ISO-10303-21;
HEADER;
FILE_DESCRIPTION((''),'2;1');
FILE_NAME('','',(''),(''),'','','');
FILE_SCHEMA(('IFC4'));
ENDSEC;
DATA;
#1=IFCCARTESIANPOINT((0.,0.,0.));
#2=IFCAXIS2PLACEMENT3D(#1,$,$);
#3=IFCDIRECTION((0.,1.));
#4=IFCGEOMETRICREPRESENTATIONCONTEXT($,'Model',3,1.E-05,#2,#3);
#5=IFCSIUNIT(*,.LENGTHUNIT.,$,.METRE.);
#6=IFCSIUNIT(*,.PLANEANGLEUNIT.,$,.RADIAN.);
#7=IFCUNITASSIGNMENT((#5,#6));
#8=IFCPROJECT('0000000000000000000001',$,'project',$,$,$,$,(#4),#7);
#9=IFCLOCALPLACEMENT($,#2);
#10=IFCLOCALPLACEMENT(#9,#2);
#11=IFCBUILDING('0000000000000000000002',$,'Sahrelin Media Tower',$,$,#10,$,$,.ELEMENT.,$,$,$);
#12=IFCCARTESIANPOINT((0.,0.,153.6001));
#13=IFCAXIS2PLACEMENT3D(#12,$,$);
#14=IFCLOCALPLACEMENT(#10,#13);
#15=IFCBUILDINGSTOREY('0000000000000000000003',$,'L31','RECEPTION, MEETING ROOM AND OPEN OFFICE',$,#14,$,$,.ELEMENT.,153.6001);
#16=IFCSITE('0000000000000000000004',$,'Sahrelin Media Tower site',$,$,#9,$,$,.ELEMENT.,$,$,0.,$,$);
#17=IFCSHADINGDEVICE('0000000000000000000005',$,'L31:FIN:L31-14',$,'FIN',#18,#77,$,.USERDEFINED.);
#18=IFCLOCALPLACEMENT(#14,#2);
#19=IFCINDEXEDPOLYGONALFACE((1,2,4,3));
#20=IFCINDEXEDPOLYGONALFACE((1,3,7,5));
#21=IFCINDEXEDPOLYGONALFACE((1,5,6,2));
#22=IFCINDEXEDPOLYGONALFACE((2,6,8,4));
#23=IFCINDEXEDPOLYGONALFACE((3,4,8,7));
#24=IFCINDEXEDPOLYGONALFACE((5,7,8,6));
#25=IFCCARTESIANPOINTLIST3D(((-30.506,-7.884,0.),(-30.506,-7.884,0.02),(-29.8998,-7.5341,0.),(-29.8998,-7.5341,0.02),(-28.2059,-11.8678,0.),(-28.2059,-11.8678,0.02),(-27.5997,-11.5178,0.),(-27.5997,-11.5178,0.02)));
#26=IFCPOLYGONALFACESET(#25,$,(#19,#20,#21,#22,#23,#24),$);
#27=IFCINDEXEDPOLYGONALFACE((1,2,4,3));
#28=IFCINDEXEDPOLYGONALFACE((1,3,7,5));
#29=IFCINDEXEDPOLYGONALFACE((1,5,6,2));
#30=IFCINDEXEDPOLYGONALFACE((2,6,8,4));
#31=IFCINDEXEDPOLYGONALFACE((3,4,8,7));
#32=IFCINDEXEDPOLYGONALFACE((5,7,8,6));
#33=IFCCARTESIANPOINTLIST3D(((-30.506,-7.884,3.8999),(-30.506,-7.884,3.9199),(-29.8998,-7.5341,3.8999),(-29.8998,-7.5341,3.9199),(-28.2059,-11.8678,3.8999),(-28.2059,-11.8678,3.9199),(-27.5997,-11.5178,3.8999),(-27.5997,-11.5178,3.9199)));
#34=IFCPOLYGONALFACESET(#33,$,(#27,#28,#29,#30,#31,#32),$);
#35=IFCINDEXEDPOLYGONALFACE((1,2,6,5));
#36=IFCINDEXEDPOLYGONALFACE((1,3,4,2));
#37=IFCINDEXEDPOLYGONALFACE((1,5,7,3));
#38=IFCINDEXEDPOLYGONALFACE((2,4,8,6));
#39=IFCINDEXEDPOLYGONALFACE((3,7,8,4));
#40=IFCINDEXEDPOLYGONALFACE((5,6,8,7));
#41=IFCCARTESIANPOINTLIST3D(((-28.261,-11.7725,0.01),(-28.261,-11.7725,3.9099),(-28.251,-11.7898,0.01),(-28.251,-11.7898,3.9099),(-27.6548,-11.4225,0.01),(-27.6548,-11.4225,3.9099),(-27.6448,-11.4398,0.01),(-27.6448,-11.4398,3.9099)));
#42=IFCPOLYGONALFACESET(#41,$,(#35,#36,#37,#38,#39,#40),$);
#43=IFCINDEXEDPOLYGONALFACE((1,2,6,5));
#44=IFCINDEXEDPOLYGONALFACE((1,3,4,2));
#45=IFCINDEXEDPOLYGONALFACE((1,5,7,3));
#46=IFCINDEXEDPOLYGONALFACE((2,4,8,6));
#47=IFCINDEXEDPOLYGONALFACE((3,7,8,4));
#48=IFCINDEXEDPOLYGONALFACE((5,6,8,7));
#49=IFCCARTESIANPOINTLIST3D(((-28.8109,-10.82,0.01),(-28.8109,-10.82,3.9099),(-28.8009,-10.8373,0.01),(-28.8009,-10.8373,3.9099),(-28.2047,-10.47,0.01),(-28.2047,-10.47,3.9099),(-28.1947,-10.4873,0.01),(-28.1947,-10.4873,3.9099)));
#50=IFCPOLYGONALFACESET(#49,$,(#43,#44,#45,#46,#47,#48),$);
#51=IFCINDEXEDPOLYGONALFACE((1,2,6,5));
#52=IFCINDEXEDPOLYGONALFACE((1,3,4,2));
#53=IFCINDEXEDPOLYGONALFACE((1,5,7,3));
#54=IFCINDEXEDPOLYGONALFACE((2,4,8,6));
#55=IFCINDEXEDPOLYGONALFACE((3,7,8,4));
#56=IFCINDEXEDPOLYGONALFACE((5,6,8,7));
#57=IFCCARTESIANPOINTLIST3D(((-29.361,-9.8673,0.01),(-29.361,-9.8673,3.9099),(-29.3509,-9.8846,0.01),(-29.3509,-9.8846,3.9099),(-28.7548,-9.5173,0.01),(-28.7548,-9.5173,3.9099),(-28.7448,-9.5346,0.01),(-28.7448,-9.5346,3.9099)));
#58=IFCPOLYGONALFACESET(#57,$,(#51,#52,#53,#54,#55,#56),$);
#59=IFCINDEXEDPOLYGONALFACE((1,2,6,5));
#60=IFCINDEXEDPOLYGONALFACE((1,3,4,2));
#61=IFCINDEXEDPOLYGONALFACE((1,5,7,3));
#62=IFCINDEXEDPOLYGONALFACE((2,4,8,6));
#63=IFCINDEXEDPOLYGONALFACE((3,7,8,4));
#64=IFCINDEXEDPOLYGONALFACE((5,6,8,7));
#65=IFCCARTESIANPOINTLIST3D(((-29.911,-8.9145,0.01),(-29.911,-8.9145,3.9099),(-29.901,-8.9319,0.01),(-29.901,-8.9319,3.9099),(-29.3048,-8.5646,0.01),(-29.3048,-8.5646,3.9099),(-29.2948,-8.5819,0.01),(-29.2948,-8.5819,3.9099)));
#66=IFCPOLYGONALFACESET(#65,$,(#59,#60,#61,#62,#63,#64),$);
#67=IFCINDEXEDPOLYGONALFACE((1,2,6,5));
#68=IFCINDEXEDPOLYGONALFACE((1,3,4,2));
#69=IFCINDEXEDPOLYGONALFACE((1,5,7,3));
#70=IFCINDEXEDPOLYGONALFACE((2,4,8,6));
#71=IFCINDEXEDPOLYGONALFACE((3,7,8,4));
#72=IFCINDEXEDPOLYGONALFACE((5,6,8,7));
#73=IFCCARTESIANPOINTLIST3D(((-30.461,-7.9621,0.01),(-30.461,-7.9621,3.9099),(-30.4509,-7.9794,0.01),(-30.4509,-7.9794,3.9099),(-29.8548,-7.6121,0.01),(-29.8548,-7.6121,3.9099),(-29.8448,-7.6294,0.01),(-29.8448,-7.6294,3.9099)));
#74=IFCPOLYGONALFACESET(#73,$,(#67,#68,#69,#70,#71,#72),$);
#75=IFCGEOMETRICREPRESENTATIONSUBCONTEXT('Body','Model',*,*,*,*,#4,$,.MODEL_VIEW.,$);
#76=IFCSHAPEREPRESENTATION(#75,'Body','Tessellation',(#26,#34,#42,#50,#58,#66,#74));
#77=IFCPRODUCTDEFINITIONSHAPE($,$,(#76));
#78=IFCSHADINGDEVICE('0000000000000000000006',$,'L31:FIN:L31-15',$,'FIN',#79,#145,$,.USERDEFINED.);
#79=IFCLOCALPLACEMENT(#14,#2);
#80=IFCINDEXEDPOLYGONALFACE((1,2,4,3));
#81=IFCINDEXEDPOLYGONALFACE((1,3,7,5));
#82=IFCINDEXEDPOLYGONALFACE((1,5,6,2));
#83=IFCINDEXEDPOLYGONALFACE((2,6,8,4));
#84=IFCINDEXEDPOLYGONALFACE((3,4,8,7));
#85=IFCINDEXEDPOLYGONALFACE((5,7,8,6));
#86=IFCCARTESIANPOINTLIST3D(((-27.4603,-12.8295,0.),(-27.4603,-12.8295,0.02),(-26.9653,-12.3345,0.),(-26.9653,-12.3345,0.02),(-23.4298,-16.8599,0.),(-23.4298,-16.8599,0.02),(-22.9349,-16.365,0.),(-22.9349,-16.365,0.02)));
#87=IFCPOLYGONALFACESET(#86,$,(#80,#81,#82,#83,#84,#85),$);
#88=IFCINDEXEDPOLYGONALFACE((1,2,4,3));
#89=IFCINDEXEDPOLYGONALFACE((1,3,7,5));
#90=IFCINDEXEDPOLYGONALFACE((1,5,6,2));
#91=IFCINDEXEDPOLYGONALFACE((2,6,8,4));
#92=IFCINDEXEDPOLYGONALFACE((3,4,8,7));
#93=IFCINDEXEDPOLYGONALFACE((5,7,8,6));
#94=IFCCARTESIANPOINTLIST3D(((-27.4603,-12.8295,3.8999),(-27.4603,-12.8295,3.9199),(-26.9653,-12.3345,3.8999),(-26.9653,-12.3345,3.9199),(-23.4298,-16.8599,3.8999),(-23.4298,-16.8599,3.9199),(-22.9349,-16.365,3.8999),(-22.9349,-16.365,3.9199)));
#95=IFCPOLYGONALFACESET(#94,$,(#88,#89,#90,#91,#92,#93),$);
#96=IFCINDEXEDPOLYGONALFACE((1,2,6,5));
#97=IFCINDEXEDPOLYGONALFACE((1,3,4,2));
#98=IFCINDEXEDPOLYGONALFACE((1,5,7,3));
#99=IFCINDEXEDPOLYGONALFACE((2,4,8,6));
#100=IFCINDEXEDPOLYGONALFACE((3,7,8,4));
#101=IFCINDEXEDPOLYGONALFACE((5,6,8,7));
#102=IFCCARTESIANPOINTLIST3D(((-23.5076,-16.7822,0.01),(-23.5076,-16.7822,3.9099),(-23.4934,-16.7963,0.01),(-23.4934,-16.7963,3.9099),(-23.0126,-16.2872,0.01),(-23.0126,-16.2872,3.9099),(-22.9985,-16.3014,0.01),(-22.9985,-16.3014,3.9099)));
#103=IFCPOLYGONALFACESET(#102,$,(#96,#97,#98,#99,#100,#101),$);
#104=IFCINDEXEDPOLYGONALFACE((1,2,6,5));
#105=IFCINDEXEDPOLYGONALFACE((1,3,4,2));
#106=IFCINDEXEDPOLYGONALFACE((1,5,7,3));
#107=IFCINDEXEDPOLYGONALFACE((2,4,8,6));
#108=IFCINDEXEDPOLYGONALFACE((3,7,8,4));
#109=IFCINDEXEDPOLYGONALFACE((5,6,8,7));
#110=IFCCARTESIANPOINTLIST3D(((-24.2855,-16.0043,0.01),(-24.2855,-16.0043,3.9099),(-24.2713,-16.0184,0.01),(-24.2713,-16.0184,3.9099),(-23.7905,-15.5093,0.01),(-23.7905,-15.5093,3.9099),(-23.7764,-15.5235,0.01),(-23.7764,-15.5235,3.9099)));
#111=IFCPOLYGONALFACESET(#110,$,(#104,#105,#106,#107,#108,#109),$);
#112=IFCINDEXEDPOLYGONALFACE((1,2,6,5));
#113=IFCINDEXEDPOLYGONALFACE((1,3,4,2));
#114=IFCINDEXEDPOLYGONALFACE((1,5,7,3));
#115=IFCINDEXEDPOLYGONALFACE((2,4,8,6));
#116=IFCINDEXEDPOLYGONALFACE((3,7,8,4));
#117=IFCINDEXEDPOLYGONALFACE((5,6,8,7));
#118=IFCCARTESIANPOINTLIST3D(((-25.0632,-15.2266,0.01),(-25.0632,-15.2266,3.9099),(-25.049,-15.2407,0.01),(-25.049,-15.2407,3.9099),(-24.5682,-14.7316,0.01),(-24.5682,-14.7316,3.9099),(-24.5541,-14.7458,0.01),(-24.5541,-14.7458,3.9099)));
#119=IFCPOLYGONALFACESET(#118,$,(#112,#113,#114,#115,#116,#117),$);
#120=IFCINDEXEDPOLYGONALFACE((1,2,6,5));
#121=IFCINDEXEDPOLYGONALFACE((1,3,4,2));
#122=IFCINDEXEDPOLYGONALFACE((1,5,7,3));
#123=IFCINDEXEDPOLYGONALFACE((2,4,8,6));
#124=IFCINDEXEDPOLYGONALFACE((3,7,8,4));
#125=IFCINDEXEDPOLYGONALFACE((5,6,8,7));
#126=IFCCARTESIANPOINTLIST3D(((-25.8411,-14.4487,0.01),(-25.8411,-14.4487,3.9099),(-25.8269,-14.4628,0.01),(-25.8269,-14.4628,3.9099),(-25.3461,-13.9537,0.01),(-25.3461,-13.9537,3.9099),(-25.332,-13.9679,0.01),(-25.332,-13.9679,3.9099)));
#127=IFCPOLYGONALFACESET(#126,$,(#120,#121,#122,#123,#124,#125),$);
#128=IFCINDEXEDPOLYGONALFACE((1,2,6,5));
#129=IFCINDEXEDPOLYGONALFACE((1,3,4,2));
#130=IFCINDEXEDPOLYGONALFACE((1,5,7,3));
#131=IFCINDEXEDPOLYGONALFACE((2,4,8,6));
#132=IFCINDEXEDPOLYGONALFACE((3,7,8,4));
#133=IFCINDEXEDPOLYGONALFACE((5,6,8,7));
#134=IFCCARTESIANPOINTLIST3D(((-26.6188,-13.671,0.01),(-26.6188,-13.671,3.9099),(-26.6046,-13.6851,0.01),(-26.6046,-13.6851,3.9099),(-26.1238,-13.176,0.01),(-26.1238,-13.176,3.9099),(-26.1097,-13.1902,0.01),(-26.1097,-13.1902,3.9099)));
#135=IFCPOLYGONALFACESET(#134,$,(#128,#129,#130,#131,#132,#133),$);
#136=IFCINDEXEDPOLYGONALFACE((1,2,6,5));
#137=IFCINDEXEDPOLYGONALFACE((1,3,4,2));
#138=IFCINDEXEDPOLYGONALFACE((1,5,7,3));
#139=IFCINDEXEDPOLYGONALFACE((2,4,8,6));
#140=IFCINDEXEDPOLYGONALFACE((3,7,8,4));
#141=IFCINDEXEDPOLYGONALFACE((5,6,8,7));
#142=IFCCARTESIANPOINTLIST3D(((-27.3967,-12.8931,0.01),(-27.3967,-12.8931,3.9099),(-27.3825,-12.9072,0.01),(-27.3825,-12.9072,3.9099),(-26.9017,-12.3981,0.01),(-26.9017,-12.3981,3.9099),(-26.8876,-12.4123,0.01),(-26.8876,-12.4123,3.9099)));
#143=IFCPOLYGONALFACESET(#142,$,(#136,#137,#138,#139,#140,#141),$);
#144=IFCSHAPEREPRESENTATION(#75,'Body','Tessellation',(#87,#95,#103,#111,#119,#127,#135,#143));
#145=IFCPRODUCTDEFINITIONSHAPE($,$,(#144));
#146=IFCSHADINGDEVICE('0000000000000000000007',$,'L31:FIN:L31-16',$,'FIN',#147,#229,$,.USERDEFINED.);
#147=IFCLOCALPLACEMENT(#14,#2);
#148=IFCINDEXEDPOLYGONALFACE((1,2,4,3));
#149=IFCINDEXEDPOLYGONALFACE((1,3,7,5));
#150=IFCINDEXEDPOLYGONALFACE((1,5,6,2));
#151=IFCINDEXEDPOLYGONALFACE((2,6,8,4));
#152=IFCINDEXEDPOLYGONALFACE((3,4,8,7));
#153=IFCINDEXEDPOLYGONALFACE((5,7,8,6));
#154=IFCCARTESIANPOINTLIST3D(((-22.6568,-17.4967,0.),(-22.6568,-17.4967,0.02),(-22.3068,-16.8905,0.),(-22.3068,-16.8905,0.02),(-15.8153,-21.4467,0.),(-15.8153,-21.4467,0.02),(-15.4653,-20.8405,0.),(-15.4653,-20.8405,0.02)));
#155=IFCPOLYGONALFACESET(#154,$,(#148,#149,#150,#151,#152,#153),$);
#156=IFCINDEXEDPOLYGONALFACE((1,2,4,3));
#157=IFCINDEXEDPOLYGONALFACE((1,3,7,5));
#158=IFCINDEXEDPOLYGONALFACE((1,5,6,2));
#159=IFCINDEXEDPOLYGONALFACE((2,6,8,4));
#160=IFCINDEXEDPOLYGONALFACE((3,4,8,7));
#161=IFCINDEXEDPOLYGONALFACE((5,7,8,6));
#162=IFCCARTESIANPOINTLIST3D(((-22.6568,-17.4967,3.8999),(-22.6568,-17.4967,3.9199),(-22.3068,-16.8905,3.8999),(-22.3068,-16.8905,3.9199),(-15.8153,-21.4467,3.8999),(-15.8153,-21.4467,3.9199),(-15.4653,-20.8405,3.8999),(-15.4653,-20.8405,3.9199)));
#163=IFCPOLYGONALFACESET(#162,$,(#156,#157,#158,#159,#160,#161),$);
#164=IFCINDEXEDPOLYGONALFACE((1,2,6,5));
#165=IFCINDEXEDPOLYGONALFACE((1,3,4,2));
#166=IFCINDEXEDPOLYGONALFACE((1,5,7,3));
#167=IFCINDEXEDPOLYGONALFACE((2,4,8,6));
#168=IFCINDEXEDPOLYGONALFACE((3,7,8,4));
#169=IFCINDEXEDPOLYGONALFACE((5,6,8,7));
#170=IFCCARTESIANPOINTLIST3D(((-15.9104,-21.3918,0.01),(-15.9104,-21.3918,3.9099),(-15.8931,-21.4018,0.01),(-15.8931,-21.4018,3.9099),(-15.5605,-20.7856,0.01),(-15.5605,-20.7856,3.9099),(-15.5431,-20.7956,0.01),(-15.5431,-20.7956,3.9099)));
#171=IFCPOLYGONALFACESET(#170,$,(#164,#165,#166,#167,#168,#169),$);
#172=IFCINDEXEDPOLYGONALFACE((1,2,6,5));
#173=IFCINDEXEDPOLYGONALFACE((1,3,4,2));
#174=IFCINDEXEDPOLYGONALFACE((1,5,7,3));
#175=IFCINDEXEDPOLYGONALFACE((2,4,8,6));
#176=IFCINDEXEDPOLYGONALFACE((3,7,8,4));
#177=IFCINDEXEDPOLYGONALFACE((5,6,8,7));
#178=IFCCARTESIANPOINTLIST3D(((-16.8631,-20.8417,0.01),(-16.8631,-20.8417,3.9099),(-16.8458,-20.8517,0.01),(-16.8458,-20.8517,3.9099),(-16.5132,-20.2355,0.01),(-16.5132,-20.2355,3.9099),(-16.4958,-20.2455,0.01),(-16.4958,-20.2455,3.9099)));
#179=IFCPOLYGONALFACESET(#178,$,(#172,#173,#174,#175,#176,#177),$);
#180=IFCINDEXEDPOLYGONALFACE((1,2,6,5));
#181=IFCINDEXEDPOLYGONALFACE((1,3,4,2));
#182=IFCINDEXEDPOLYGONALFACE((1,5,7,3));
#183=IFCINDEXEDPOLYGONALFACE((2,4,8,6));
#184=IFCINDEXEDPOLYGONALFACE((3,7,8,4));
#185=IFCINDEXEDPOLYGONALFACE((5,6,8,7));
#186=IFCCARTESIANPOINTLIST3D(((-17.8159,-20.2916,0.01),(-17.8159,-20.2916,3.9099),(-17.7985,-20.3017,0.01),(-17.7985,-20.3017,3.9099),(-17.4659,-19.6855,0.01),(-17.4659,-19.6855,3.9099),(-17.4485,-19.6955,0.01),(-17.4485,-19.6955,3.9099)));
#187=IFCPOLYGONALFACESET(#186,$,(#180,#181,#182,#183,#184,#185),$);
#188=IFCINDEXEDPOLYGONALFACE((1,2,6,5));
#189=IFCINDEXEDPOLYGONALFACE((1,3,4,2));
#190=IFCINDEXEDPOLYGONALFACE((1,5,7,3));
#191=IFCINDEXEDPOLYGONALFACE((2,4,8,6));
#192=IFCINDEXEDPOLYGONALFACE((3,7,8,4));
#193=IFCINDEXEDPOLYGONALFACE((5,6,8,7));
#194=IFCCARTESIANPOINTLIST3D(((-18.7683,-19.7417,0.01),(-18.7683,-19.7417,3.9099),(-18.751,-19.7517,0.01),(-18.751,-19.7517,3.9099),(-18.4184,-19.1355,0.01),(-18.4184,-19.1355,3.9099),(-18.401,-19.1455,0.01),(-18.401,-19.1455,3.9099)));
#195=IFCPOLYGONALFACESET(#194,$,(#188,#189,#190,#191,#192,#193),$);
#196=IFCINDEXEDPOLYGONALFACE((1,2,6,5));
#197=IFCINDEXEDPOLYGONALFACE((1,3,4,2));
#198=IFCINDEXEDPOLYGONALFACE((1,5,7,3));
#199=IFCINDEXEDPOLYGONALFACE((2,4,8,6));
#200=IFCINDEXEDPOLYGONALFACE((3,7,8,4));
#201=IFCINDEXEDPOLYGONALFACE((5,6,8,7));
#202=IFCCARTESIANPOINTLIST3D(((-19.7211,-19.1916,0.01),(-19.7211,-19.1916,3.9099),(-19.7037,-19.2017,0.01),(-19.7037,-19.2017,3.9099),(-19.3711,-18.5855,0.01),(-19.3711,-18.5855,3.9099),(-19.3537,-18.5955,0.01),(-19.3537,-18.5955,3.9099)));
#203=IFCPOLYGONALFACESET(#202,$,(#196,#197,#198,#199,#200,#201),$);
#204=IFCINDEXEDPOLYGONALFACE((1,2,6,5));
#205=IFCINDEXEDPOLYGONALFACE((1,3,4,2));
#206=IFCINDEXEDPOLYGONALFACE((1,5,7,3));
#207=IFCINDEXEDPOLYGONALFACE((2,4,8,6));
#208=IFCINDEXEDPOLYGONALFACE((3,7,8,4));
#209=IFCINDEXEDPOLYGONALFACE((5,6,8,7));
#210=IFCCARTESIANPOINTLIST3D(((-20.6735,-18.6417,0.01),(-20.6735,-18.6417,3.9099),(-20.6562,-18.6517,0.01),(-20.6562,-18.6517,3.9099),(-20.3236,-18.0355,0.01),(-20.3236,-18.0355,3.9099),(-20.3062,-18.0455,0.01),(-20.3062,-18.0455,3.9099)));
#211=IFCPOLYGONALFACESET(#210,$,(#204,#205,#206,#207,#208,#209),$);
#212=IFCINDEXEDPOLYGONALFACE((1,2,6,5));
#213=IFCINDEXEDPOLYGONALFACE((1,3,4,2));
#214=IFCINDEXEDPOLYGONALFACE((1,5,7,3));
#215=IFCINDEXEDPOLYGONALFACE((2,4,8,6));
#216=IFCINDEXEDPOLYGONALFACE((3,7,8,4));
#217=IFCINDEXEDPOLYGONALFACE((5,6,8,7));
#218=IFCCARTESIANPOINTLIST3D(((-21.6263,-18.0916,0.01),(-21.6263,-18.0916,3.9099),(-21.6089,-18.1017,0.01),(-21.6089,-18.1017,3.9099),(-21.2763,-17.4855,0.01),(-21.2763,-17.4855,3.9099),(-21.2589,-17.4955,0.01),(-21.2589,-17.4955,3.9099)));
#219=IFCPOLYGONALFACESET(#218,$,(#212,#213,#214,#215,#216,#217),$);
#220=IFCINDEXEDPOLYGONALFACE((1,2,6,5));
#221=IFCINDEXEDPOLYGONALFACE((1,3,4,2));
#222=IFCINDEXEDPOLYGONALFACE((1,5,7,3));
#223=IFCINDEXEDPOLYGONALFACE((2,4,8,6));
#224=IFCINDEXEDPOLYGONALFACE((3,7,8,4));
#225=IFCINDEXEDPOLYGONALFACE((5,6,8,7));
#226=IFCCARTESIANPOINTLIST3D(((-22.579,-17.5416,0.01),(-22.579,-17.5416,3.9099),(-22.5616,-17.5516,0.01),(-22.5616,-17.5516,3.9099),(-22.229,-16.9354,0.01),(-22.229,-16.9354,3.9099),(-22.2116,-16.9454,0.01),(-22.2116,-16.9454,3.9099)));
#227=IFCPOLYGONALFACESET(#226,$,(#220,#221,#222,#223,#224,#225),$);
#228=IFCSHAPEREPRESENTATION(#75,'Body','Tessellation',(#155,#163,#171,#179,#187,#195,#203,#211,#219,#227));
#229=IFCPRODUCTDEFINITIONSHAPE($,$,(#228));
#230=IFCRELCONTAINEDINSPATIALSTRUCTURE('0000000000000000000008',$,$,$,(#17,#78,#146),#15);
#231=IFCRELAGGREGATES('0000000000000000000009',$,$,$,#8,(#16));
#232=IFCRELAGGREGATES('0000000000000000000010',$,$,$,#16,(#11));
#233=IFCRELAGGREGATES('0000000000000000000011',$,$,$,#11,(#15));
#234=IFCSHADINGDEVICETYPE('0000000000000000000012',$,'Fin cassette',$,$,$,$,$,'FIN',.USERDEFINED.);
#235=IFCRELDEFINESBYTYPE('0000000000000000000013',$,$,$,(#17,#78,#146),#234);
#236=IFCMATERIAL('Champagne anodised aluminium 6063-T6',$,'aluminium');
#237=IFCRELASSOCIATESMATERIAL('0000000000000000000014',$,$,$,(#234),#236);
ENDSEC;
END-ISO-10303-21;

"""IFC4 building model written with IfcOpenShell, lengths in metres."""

from ifc_helpers import new_model, si_unit, direction, frame, origin, origin_2d, place, context, subcontext, project, spatial, rectangle, extrude, material, type_object, element, save


model = new_model("IFC4")

# Units and contexts
model_context = context("Model", 3, precision=1e-05, world=origin(), true_north=direction((0.0, 1.0)))
body_context = subcontext(model_context, "Body", "Model", "MODEL_VIEW")
ifc_project = project(units=[si_unit("LENGTHUNIT", "METRE"), si_unit("PLANEANGLEUNIT", "RADIAN")], contexts=[model_context])

# Site, building, storey
site_placement = place(None, origin())
site = spatial("IfcSite", under=ifc_project, at=site_placement, Name="Sahrelin Media Tower site", CompositionType="ELEMENT", RefElevation=0.0)
building_placement = place(site_placement, origin())
building = spatial("IfcBuilding", under=site, at=building_placement, Name="Sahrelin Media Tower", CompositionType="ELEMENT")
storey_placement = place(building_placement, frame((0.0, 0.0, 153.6001)))
storey = spatial("IfcBuildingStorey", under=building, at=storey_placement, Name="L31", Description="RECEPTION, MEETING ROOM AND OPEN OFFICE", CompositionType="ELEMENT", Elevation=153.6001)

# Shared definitions
ifc_material_1 = material(Name="Champagne anodised aluminium 6063-T6", Category="aluminium")

# Shading devices
shading_device_type_1 = type_object("IfcShadingDeviceType", Name="Fin cassette", ElementType="FIN", PredefinedType="USERDEFINED", material=ifc_material_1)
placement_1 = place(storey_placement, frame((-28.6892, -9.491, 0.0), z_axis=(0.0, 0.0, 1.0), x_axis=(-0.500011, 0.866019, 0.0)))
element("IfcShadingDevice", 1, at=placement_1, inside=storey, type_object=shading_device_type_1, Name="L31:FIN:L31-14", ObjectType="FIN", PredefinedType="USERDEFINED", context=body_context, shape_type="SweptSolid", body=[
    extrude(rectangle(XDim=4.6001, YDim=0.7, at=origin_2d()), frame((0.0, 0.4199, 0.0)), (0.0, 0.0, 1.0), 0.02),
    extrude(rectangle(XDim=4.6001, YDim=0.7, at=origin_2d()), frame((0.0, 0.4199, 3.8999)), (0.0, 0.0, 1.0), 0.02),
    extrude(rectangle(XDim=0.02, YDim=0.7, at=origin_2d()), frame((-2.2, 0.4199, 0.01), z_axis=(0.0, 0.0, 1.0), x_axis=(1.0, 0.0, 0.0)), (0.0, 0.0, 1.0), 3.8999),
    extrude(rectangle(XDim=0.02, YDim=0.7, at=origin_2d()), frame((-1.1001, 0.4199, 0.01), z_axis=(0.0, 0.0, 1.0), x_axis=(1.0, 0.0, 0.0)), (0.0, 0.0, 1.0), 3.8999),
    extrude(rectangle(XDim=0.02, YDim=0.7, at=origin_2d()), frame((0.0, 0.4199, 0.01), z_axis=(0.0, 0.0, 1.0), x_axis=(1.0, 0.0, 0.0)), (0.0, 0.0, 1.0), 3.8999),
    extrude(rectangle(XDim=0.02, YDim=0.7, at=origin_2d()), frame((1.1001, 0.4199, 0.01), z_axis=(0.0, 0.0, 1.0), x_axis=(1.0, 0.0, 0.0)), (0.0, 0.0, 1.0), 3.8999),
    extrude(rectangle(XDim=0.02, YDim=0.7, at=origin_2d()), frame((2.2, 0.4199, 0.01), z_axis=(0.0, 0.0, 1.0), x_axis=(1.0, 0.0, 0.0)), (0.0, 0.0, 1.0), 3.8999),
])
placement_2 = place(storey_placement, frame((-24.9006, -14.3003, 0.0), z_axis=(0.0, 0.0, 1.0), x_axis=(-0.707107, 0.707107, 0.0)))
element("IfcShadingDevice", 2, at=placement_2, inside=storey, type_object=shading_device_type_1, Name="L31:FIN:L31-15", ObjectType="FIN", PredefinedType="USERDEFINED", context=body_context, shape_type="SweptSolid", body=[
    extrude(rectangle(XDim=5.7, YDim=0.7, at=origin_2d()), frame((0.0, 0.4199, 0.0)), (0.0, 0.0, 1.0), 0.02),
    extrude(rectangle(XDim=5.7, YDim=0.7, at=origin_2d()), frame((0.0, 0.4199, 3.8999)), (0.0, 0.0, 1.0), 0.02),
    extrude(rectangle(XDim=0.02, YDim=0.7, at=origin_2d()), frame((-2.75, 0.4199, 0.01), z_axis=(0.0, 0.0, 1.0), x_axis=(1.0, 0.0, 0.0)), (0.0, 0.0, 1.0), 3.8999),
    extrude(rectangle(XDim=0.02, YDim=0.7, at=origin_2d()), frame((-1.6499, 0.4199, 0.01), z_axis=(0.0, 0.0, 1.0), x_axis=(1.0, 0.0, 0.0)), (0.0, 0.0, 1.0), 3.8999),
    extrude(rectangle(XDim=0.02, YDim=0.7, at=origin_2d()), frame((-0.55, 0.4199, 0.01), z_axis=(0.0, 0.0, 1.0), x_axis=(1.0, 0.0, 0.0)), (0.0, 0.0, 1.0), 3.8999),
    extrude(rectangle(XDim=0.02, YDim=0.7, at=origin_2d()), frame((0.55, 0.4199, 0.01), z_axis=(0.0, 0.0, 1.0), x_axis=(1.0, 0.0, 0.0)), (0.0, 0.0, 1.0), 3.8999),
    extrude(rectangle(XDim=0.02, YDim=0.7, at=origin_2d()), frame((1.6499, 0.4199, 0.01), z_axis=(0.0, 0.0, 1.0), x_axis=(1.0, 0.0, 0.0)), (0.0, 0.0, 1.0), 3.8999),
    extrude(rectangle(XDim=0.02, YDim=0.7, at=origin_2d()), frame((2.75, 0.4199, 0.01), z_axis=(0.0, 0.0, 1.0), x_axis=(1.0, 0.0, 0.0)), (0.0, 0.0, 1.0), 3.8999),
])
placement_3 = place(storey_placement, frame((-18.8511, -18.8049, 0.0), z_axis=(0.0, 0.0, 1.0), x_axis=(-0.866019, 0.500011, 0.0)))
element("IfcShadingDevice", 3, at=placement_3, inside=storey, type_object=shading_device_type_1, Name="L31:FIN:L31-16", ObjectType="FIN", PredefinedType="USERDEFINED", context=body_context, shape_type="SweptSolid", body=[
    extrude(rectangle(XDim=7.8999, YDim=0.7, at=origin_2d()), frame((0.0, 0.4199, 0.0)), (0.0, 0.0, 1.0), 0.02),
    extrude(rectangle(XDim=7.8999, YDim=0.7, at=origin_2d()), frame((0.0, 0.4199, 3.8999)), (0.0, 0.0, 1.0), 0.02),
    extrude(rectangle(XDim=0.02, YDim=0.7, at=origin_2d()), frame((-3.8501, 0.4199, 0.01), z_axis=(0.0, 0.0, 1.0), x_axis=(1.0, 0.0, 0.0)), (0.0, 0.0, 1.0), 3.8999),
    extrude(rectangle(XDim=0.02, YDim=0.7, at=origin_2d()), frame((-2.75, 0.4199, 0.01), z_axis=(0.0, 0.0, 1.0), x_axis=(1.0, 0.0, 0.0)), (0.0, 0.0, 1.0), 3.8999),
    extrude(rectangle(XDim=0.02, YDim=0.7, at=origin_2d()), frame((-1.6499, 0.4199, 0.01), z_axis=(0.0, 0.0, 1.0), x_axis=(1.0, 0.0, 0.0)), (0.0, 0.0, 1.0), 3.8999),
    extrude(rectangle(XDim=0.02, YDim=0.7, at=origin_2d()), frame((-0.55, 0.4199, 0.01), z_axis=(0.0, 0.0, 1.0), x_axis=(1.0, 0.0, 0.0)), (0.0, 0.0, 1.0), 3.8999),
    extrude(rectangle(XDim=0.02, YDim=0.7, at=origin_2d()), frame((0.55, 0.4199, 0.01), z_axis=(0.0, 0.0, 1.0), x_axis=(1.0, 0.0, 0.0)), (0.0, 0.0, 1.0), 3.8999),
    extrude(rectangle(XDim=0.02, YDim=0.7, at=origin_2d()), frame((1.6499, 0.4199, 0.01), z_axis=(0.0, 0.0, 1.0), x_axis=(1.0, 0.0, 0.0)), (0.0, 0.0, 1.0), 3.8999),
    extrude(rectangle(XDim=0.02, YDim=0.7, at=origin_2d()), frame((2.75, 0.4199, 0.01), z_axis=(0.0, 0.0, 1.0), x_axis=(1.0, 0.0, 0.0)), (0.0, 0.0, 1.0), 3.8999),
    extrude(rectangle(XDim=0.02, YDim=0.7, at=origin_2d()), frame((3.8501, 0.4199, 0.01), z_axis=(0.0, 0.0, 1.0), x_axis=(1.0, 0.0, 0.0)), (0.0, 0.0, 1.0), 3.8999),
])

save(model, "model.ifc")
